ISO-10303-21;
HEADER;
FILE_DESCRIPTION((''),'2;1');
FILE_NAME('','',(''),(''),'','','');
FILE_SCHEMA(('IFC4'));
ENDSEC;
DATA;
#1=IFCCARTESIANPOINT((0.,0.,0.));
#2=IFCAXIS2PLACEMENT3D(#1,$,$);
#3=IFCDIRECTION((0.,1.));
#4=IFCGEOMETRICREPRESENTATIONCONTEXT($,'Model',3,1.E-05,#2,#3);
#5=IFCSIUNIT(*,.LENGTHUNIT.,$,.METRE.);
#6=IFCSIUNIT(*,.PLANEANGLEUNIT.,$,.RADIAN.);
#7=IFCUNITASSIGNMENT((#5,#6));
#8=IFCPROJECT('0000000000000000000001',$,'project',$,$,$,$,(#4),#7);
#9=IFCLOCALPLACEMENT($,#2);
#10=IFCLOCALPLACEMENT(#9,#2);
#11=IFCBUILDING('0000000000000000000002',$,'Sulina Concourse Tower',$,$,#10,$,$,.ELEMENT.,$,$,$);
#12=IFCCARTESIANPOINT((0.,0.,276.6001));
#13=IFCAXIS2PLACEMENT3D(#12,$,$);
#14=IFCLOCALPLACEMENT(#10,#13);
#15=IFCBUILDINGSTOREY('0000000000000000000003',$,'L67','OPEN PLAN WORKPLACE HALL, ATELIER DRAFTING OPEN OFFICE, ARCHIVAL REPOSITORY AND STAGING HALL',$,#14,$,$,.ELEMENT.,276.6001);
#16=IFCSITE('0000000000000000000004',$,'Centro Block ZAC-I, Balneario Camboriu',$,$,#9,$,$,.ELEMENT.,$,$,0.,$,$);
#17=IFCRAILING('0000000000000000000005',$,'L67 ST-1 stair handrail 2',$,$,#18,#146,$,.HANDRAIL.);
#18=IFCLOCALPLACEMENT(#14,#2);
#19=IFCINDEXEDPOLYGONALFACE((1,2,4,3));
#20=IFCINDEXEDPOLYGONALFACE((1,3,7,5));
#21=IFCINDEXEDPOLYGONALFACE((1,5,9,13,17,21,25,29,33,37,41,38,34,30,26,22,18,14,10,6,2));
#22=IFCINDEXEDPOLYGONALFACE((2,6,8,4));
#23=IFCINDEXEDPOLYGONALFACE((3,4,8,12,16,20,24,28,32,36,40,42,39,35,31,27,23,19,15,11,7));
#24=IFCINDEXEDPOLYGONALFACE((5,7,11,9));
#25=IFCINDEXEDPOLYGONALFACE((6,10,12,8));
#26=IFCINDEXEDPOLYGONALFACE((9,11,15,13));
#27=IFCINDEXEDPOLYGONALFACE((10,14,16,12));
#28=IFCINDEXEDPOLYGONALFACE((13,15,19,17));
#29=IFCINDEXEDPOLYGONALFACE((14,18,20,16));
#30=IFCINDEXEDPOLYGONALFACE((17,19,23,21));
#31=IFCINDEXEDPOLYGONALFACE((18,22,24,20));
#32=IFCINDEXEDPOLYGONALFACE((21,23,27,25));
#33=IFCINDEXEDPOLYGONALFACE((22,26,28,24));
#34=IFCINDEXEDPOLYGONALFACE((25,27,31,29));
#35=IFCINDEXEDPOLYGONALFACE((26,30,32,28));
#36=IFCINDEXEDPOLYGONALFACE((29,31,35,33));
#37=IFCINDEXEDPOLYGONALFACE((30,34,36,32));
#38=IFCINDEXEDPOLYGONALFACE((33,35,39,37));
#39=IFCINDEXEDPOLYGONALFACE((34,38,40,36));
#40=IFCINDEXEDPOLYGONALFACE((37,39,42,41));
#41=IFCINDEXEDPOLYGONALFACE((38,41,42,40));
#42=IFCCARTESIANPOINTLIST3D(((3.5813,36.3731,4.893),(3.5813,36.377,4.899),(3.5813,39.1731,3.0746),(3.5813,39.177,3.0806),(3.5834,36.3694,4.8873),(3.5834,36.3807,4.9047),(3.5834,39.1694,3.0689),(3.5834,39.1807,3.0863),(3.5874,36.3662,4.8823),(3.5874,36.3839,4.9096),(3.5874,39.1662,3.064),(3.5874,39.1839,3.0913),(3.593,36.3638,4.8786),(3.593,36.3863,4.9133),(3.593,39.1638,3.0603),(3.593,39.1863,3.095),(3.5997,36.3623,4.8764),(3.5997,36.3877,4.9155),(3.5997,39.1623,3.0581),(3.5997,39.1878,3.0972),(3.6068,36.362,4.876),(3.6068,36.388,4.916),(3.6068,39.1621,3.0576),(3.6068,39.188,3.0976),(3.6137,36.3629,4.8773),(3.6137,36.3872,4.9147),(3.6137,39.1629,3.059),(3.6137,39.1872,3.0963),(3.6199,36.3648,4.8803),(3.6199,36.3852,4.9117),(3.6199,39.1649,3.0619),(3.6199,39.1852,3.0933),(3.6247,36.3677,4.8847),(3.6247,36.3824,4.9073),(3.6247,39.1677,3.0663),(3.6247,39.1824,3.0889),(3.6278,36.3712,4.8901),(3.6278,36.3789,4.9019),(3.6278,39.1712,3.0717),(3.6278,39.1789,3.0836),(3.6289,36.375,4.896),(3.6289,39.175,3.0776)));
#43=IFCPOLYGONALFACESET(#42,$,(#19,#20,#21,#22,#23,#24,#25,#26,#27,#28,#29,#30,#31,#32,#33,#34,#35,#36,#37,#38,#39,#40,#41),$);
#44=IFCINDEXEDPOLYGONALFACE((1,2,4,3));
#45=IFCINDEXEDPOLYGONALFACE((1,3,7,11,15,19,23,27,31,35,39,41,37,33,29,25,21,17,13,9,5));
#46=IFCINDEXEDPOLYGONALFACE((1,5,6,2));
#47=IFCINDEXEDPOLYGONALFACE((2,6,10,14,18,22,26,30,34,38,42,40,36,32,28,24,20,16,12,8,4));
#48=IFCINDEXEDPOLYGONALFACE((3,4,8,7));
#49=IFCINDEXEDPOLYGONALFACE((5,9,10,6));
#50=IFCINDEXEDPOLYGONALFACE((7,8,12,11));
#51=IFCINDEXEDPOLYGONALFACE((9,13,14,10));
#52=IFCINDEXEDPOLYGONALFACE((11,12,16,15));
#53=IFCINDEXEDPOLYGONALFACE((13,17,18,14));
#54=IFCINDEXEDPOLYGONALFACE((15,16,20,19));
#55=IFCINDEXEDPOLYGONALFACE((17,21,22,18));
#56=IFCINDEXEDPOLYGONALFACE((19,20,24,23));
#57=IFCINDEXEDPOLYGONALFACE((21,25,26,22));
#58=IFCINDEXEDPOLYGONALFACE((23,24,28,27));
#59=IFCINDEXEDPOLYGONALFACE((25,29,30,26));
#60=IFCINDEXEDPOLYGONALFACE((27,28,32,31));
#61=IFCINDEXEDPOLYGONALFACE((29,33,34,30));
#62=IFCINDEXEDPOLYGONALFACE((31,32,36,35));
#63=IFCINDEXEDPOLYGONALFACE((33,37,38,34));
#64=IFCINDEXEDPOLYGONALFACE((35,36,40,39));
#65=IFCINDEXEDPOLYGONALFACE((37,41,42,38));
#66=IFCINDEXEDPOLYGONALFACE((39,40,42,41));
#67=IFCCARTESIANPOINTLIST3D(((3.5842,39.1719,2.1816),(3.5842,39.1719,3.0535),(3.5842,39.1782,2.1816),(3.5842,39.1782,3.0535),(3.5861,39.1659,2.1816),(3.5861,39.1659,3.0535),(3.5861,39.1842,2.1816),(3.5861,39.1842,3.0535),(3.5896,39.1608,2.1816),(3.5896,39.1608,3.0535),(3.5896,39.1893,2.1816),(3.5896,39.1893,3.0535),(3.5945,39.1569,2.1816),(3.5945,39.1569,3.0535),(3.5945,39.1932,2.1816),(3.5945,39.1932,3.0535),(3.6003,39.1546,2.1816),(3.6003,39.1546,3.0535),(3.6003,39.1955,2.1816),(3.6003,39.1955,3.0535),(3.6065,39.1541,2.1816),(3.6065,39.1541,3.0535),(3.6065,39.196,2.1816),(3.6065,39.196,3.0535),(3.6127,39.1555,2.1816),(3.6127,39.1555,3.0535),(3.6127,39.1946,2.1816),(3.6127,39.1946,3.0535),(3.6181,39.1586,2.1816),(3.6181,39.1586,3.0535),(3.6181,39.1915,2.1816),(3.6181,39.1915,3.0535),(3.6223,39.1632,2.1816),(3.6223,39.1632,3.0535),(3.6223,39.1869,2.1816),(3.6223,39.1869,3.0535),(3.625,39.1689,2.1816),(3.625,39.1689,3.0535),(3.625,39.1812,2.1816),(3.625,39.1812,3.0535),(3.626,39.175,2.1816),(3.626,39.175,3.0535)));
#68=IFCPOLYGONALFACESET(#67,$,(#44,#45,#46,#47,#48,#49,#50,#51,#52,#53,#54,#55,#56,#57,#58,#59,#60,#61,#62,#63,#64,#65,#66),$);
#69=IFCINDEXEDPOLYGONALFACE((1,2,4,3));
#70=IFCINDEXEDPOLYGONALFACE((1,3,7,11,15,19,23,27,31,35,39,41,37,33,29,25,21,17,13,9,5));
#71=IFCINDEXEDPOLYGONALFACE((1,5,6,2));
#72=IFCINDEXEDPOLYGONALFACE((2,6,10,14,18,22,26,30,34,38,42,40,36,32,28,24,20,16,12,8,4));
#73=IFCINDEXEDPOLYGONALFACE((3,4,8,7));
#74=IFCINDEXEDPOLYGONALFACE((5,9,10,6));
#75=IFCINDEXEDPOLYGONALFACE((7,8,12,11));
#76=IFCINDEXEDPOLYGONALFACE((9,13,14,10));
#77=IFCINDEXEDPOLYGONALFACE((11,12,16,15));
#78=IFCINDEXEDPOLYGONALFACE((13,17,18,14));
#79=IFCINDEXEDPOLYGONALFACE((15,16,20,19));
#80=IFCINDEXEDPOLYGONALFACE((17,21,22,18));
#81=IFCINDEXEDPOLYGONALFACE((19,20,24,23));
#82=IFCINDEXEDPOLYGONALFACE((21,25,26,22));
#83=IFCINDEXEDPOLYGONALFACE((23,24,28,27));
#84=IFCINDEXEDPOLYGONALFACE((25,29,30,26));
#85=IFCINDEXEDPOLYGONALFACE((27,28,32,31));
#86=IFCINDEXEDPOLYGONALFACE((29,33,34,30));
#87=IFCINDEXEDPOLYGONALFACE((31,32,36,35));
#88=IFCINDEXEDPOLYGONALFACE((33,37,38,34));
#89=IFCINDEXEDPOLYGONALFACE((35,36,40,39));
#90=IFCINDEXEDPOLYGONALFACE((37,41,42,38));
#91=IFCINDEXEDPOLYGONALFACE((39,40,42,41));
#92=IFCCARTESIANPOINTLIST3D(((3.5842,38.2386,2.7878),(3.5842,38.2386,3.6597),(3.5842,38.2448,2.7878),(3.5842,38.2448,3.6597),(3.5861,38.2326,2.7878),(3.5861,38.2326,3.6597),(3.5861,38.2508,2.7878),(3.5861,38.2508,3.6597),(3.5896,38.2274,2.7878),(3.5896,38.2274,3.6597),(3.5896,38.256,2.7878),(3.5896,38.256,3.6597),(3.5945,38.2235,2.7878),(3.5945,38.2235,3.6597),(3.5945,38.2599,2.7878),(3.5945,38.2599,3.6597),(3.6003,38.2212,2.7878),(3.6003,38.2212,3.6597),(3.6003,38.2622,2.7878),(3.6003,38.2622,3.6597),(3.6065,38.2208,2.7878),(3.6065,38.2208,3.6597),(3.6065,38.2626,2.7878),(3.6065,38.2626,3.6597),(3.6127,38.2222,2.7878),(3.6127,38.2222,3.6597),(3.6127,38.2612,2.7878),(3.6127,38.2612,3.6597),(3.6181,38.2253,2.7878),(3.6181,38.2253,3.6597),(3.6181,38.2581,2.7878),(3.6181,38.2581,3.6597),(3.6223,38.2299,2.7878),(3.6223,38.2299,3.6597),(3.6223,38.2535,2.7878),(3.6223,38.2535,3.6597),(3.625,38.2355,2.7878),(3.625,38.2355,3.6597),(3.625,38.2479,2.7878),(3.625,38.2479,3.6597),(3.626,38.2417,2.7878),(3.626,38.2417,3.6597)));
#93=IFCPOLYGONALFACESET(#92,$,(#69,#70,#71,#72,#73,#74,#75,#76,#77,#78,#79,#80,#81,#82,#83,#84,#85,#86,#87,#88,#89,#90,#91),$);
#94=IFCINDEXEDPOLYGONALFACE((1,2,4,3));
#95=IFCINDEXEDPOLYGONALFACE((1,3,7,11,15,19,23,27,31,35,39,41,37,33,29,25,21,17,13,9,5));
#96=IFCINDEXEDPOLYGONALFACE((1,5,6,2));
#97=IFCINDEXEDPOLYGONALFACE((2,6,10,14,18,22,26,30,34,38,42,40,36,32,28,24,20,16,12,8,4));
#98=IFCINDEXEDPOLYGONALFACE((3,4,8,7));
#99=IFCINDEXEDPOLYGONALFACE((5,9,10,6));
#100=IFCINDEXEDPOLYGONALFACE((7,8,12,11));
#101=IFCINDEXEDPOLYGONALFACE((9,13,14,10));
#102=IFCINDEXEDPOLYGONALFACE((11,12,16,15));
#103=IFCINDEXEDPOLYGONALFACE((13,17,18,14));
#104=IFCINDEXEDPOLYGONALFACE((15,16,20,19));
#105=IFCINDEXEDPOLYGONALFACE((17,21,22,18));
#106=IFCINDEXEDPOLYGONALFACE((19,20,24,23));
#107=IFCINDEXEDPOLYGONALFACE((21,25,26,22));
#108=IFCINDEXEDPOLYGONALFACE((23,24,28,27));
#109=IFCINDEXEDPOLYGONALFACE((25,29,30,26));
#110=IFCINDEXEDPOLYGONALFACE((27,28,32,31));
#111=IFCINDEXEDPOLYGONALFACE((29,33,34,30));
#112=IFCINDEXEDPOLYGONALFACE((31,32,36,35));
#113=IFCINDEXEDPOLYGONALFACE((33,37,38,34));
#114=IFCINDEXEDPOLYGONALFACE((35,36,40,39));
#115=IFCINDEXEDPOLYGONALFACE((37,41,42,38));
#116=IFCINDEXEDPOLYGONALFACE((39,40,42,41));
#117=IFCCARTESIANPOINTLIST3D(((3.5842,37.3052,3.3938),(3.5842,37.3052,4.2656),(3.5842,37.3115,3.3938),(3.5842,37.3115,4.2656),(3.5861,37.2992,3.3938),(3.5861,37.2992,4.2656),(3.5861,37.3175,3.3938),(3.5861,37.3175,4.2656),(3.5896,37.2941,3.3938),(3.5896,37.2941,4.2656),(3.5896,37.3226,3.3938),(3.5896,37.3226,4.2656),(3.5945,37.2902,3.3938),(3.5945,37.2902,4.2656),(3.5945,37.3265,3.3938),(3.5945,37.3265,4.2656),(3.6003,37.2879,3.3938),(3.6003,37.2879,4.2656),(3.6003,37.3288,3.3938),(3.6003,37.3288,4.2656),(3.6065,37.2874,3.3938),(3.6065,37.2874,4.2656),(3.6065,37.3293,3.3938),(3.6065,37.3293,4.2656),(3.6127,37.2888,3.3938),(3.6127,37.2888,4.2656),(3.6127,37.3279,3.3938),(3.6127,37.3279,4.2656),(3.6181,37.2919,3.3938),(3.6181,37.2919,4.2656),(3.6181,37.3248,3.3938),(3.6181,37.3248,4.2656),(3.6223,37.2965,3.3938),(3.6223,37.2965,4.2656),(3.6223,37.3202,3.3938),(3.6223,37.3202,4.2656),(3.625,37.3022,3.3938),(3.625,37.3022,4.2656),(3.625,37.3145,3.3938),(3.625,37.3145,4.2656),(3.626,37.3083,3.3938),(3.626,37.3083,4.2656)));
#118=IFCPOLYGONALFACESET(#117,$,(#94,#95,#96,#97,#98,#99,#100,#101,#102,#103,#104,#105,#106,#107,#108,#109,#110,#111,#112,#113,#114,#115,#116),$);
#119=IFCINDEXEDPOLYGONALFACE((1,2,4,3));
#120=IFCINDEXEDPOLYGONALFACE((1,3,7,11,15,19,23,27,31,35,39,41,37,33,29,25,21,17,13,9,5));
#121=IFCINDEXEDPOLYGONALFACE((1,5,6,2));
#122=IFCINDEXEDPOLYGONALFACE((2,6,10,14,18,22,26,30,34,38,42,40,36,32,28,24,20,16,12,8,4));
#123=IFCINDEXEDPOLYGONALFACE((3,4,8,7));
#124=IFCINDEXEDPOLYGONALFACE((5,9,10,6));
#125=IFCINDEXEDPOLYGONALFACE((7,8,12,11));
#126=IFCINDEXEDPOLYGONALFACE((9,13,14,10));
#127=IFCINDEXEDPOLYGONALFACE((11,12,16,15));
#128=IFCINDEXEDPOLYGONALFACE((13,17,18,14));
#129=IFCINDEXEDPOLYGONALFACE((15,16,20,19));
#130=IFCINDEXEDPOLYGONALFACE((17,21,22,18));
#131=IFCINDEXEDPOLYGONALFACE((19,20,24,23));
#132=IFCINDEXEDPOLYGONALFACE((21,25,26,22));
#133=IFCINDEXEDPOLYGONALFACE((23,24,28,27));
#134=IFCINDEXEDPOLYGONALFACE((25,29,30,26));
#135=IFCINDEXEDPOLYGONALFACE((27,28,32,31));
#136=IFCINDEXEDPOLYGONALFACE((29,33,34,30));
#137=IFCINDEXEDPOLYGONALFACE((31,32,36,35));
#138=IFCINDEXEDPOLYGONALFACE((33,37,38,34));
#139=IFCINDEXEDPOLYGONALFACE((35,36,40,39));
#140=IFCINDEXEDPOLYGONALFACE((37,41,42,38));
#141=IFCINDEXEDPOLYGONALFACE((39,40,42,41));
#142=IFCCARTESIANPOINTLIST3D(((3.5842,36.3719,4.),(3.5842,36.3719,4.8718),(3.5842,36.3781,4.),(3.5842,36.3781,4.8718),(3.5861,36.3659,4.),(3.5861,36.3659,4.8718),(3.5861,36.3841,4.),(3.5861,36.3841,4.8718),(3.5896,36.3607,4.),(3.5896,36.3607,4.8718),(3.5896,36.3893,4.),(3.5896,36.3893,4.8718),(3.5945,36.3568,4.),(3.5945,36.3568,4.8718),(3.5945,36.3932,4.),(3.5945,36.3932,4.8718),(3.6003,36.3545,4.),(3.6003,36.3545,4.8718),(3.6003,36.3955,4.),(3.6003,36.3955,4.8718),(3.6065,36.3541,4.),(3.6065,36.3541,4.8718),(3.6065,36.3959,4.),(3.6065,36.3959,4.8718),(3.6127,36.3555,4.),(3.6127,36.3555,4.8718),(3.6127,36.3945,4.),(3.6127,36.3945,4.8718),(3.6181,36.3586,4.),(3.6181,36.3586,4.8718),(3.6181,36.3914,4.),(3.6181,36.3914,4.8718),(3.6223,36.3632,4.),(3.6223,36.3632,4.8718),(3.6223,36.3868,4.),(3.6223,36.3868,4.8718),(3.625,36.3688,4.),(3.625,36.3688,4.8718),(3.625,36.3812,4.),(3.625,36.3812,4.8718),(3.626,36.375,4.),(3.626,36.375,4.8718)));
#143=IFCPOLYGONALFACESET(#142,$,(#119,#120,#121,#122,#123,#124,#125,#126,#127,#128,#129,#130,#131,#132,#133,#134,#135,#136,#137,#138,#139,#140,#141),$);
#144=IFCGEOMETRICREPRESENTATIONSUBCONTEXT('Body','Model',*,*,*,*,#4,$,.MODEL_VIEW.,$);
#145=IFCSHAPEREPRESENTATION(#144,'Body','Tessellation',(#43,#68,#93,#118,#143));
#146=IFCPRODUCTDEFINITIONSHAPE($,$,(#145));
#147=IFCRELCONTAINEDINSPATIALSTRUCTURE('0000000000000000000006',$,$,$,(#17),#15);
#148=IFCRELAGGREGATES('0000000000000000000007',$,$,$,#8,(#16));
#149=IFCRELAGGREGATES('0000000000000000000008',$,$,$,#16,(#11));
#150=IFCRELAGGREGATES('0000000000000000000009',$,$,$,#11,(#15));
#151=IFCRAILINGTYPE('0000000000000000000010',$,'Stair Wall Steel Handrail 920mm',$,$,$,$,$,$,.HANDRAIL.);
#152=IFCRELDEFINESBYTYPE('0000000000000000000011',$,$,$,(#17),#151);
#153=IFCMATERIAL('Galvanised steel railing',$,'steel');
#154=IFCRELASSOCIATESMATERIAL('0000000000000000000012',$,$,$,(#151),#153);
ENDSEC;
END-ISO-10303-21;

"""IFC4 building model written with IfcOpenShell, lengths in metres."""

from ifc_helpers import new_model, si_unit, direction, frame, origin, origin_2d, place, context, subcontext, project, spatial, circle, extrude, material, type_object, element, save


model = new_model("IFC4")

# Units and contexts
model_context = context("Model", 3, precision=1e-05, world=origin(), true_north=direction((0.0, 1.0)))
body_context = subcontext(model_context, "Body", "Model", "MODEL_VIEW")
ifc_project = project(units=[si_unit("LENGTHUNIT", "METRE"), si_unit("PLANEANGLEUNIT", "RADIAN")], contexts=[model_context])

# Site, building, storey
site_placement = place(None, origin())
site = spatial("IfcSite", under=ifc_project, at=site_placement, Name="Centro Block ZAC-I, Balneario Camboriu", CompositionType="ELEMENT", RefElevation=0.0)
building_placement = place(site_placement, origin())
building = spatial("IfcBuilding", under=site, at=building_placement, Name="Sulina Concourse Tower", CompositionType="ELEMENT")
storey_placement = place(building_placement, frame((0.0, 0.0, 276.6001)))
storey = spatial("IfcBuildingStorey", under=building, at=storey_placement, Name="L67", Description="OPEN PLAN WORKPLACE HALL, ATELIER DRAFTING OPEN OFFICE, ARCHIVAL REPOSITORY AND STAGING HALL", CompositionType="ELEMENT", Elevation=276.6001)

# Railing
ifc_material_1 = material(Name="Galvanised steel railing", Category="steel")
railing_type_1 = type_object("IfcRailingType", Name="Stair Wall Steel Handrail 920mm", PredefinedType="HANDRAIL", material=ifc_material_1)
railing_1_placement = place(storey_placement, frame((3.605, 39.175, 2.1816)))
element("IfcRailing", 1, at=railing_1_placement, inside=storey, type_object=railing_type_1, Name="L67 ST-1 stair handrail 2", PredefinedType="HANDRAIL", context=body_context, shape_type="SweptSolid", body=[
    extrude(circle(Radius=0.0239, at=origin_2d()), frame((0.0, 0.0, 0.896), z_axis=(0.0, -0.838672, 0.544636), x_axis=(1.0, 0.0, 0.0)), (0.0, 0.0, 1.0), 3.3386),
    extrude(circle(Radius=0.021, at=origin_2d()), origin(), (0.0, 0.0, 1.0), 0.8718),
    extrude(circle(Radius=0.021, at=origin_2d()), frame((0.0, -0.9333, 0.6062)), (0.0, 0.0, 1.0), 0.8718),
    extrude(circle(Radius=0.021, at=origin_2d()), frame((0.0, -1.8667, 1.2122)), (0.0, 0.0, 1.0), 0.8718),
    extrude(circle(Radius=0.021, at=origin_2d()), frame((0.0, -2.8, 1.8184)), (0.0, 0.0, 1.0), 0.8718),
])

save(model, "model.ifc")
